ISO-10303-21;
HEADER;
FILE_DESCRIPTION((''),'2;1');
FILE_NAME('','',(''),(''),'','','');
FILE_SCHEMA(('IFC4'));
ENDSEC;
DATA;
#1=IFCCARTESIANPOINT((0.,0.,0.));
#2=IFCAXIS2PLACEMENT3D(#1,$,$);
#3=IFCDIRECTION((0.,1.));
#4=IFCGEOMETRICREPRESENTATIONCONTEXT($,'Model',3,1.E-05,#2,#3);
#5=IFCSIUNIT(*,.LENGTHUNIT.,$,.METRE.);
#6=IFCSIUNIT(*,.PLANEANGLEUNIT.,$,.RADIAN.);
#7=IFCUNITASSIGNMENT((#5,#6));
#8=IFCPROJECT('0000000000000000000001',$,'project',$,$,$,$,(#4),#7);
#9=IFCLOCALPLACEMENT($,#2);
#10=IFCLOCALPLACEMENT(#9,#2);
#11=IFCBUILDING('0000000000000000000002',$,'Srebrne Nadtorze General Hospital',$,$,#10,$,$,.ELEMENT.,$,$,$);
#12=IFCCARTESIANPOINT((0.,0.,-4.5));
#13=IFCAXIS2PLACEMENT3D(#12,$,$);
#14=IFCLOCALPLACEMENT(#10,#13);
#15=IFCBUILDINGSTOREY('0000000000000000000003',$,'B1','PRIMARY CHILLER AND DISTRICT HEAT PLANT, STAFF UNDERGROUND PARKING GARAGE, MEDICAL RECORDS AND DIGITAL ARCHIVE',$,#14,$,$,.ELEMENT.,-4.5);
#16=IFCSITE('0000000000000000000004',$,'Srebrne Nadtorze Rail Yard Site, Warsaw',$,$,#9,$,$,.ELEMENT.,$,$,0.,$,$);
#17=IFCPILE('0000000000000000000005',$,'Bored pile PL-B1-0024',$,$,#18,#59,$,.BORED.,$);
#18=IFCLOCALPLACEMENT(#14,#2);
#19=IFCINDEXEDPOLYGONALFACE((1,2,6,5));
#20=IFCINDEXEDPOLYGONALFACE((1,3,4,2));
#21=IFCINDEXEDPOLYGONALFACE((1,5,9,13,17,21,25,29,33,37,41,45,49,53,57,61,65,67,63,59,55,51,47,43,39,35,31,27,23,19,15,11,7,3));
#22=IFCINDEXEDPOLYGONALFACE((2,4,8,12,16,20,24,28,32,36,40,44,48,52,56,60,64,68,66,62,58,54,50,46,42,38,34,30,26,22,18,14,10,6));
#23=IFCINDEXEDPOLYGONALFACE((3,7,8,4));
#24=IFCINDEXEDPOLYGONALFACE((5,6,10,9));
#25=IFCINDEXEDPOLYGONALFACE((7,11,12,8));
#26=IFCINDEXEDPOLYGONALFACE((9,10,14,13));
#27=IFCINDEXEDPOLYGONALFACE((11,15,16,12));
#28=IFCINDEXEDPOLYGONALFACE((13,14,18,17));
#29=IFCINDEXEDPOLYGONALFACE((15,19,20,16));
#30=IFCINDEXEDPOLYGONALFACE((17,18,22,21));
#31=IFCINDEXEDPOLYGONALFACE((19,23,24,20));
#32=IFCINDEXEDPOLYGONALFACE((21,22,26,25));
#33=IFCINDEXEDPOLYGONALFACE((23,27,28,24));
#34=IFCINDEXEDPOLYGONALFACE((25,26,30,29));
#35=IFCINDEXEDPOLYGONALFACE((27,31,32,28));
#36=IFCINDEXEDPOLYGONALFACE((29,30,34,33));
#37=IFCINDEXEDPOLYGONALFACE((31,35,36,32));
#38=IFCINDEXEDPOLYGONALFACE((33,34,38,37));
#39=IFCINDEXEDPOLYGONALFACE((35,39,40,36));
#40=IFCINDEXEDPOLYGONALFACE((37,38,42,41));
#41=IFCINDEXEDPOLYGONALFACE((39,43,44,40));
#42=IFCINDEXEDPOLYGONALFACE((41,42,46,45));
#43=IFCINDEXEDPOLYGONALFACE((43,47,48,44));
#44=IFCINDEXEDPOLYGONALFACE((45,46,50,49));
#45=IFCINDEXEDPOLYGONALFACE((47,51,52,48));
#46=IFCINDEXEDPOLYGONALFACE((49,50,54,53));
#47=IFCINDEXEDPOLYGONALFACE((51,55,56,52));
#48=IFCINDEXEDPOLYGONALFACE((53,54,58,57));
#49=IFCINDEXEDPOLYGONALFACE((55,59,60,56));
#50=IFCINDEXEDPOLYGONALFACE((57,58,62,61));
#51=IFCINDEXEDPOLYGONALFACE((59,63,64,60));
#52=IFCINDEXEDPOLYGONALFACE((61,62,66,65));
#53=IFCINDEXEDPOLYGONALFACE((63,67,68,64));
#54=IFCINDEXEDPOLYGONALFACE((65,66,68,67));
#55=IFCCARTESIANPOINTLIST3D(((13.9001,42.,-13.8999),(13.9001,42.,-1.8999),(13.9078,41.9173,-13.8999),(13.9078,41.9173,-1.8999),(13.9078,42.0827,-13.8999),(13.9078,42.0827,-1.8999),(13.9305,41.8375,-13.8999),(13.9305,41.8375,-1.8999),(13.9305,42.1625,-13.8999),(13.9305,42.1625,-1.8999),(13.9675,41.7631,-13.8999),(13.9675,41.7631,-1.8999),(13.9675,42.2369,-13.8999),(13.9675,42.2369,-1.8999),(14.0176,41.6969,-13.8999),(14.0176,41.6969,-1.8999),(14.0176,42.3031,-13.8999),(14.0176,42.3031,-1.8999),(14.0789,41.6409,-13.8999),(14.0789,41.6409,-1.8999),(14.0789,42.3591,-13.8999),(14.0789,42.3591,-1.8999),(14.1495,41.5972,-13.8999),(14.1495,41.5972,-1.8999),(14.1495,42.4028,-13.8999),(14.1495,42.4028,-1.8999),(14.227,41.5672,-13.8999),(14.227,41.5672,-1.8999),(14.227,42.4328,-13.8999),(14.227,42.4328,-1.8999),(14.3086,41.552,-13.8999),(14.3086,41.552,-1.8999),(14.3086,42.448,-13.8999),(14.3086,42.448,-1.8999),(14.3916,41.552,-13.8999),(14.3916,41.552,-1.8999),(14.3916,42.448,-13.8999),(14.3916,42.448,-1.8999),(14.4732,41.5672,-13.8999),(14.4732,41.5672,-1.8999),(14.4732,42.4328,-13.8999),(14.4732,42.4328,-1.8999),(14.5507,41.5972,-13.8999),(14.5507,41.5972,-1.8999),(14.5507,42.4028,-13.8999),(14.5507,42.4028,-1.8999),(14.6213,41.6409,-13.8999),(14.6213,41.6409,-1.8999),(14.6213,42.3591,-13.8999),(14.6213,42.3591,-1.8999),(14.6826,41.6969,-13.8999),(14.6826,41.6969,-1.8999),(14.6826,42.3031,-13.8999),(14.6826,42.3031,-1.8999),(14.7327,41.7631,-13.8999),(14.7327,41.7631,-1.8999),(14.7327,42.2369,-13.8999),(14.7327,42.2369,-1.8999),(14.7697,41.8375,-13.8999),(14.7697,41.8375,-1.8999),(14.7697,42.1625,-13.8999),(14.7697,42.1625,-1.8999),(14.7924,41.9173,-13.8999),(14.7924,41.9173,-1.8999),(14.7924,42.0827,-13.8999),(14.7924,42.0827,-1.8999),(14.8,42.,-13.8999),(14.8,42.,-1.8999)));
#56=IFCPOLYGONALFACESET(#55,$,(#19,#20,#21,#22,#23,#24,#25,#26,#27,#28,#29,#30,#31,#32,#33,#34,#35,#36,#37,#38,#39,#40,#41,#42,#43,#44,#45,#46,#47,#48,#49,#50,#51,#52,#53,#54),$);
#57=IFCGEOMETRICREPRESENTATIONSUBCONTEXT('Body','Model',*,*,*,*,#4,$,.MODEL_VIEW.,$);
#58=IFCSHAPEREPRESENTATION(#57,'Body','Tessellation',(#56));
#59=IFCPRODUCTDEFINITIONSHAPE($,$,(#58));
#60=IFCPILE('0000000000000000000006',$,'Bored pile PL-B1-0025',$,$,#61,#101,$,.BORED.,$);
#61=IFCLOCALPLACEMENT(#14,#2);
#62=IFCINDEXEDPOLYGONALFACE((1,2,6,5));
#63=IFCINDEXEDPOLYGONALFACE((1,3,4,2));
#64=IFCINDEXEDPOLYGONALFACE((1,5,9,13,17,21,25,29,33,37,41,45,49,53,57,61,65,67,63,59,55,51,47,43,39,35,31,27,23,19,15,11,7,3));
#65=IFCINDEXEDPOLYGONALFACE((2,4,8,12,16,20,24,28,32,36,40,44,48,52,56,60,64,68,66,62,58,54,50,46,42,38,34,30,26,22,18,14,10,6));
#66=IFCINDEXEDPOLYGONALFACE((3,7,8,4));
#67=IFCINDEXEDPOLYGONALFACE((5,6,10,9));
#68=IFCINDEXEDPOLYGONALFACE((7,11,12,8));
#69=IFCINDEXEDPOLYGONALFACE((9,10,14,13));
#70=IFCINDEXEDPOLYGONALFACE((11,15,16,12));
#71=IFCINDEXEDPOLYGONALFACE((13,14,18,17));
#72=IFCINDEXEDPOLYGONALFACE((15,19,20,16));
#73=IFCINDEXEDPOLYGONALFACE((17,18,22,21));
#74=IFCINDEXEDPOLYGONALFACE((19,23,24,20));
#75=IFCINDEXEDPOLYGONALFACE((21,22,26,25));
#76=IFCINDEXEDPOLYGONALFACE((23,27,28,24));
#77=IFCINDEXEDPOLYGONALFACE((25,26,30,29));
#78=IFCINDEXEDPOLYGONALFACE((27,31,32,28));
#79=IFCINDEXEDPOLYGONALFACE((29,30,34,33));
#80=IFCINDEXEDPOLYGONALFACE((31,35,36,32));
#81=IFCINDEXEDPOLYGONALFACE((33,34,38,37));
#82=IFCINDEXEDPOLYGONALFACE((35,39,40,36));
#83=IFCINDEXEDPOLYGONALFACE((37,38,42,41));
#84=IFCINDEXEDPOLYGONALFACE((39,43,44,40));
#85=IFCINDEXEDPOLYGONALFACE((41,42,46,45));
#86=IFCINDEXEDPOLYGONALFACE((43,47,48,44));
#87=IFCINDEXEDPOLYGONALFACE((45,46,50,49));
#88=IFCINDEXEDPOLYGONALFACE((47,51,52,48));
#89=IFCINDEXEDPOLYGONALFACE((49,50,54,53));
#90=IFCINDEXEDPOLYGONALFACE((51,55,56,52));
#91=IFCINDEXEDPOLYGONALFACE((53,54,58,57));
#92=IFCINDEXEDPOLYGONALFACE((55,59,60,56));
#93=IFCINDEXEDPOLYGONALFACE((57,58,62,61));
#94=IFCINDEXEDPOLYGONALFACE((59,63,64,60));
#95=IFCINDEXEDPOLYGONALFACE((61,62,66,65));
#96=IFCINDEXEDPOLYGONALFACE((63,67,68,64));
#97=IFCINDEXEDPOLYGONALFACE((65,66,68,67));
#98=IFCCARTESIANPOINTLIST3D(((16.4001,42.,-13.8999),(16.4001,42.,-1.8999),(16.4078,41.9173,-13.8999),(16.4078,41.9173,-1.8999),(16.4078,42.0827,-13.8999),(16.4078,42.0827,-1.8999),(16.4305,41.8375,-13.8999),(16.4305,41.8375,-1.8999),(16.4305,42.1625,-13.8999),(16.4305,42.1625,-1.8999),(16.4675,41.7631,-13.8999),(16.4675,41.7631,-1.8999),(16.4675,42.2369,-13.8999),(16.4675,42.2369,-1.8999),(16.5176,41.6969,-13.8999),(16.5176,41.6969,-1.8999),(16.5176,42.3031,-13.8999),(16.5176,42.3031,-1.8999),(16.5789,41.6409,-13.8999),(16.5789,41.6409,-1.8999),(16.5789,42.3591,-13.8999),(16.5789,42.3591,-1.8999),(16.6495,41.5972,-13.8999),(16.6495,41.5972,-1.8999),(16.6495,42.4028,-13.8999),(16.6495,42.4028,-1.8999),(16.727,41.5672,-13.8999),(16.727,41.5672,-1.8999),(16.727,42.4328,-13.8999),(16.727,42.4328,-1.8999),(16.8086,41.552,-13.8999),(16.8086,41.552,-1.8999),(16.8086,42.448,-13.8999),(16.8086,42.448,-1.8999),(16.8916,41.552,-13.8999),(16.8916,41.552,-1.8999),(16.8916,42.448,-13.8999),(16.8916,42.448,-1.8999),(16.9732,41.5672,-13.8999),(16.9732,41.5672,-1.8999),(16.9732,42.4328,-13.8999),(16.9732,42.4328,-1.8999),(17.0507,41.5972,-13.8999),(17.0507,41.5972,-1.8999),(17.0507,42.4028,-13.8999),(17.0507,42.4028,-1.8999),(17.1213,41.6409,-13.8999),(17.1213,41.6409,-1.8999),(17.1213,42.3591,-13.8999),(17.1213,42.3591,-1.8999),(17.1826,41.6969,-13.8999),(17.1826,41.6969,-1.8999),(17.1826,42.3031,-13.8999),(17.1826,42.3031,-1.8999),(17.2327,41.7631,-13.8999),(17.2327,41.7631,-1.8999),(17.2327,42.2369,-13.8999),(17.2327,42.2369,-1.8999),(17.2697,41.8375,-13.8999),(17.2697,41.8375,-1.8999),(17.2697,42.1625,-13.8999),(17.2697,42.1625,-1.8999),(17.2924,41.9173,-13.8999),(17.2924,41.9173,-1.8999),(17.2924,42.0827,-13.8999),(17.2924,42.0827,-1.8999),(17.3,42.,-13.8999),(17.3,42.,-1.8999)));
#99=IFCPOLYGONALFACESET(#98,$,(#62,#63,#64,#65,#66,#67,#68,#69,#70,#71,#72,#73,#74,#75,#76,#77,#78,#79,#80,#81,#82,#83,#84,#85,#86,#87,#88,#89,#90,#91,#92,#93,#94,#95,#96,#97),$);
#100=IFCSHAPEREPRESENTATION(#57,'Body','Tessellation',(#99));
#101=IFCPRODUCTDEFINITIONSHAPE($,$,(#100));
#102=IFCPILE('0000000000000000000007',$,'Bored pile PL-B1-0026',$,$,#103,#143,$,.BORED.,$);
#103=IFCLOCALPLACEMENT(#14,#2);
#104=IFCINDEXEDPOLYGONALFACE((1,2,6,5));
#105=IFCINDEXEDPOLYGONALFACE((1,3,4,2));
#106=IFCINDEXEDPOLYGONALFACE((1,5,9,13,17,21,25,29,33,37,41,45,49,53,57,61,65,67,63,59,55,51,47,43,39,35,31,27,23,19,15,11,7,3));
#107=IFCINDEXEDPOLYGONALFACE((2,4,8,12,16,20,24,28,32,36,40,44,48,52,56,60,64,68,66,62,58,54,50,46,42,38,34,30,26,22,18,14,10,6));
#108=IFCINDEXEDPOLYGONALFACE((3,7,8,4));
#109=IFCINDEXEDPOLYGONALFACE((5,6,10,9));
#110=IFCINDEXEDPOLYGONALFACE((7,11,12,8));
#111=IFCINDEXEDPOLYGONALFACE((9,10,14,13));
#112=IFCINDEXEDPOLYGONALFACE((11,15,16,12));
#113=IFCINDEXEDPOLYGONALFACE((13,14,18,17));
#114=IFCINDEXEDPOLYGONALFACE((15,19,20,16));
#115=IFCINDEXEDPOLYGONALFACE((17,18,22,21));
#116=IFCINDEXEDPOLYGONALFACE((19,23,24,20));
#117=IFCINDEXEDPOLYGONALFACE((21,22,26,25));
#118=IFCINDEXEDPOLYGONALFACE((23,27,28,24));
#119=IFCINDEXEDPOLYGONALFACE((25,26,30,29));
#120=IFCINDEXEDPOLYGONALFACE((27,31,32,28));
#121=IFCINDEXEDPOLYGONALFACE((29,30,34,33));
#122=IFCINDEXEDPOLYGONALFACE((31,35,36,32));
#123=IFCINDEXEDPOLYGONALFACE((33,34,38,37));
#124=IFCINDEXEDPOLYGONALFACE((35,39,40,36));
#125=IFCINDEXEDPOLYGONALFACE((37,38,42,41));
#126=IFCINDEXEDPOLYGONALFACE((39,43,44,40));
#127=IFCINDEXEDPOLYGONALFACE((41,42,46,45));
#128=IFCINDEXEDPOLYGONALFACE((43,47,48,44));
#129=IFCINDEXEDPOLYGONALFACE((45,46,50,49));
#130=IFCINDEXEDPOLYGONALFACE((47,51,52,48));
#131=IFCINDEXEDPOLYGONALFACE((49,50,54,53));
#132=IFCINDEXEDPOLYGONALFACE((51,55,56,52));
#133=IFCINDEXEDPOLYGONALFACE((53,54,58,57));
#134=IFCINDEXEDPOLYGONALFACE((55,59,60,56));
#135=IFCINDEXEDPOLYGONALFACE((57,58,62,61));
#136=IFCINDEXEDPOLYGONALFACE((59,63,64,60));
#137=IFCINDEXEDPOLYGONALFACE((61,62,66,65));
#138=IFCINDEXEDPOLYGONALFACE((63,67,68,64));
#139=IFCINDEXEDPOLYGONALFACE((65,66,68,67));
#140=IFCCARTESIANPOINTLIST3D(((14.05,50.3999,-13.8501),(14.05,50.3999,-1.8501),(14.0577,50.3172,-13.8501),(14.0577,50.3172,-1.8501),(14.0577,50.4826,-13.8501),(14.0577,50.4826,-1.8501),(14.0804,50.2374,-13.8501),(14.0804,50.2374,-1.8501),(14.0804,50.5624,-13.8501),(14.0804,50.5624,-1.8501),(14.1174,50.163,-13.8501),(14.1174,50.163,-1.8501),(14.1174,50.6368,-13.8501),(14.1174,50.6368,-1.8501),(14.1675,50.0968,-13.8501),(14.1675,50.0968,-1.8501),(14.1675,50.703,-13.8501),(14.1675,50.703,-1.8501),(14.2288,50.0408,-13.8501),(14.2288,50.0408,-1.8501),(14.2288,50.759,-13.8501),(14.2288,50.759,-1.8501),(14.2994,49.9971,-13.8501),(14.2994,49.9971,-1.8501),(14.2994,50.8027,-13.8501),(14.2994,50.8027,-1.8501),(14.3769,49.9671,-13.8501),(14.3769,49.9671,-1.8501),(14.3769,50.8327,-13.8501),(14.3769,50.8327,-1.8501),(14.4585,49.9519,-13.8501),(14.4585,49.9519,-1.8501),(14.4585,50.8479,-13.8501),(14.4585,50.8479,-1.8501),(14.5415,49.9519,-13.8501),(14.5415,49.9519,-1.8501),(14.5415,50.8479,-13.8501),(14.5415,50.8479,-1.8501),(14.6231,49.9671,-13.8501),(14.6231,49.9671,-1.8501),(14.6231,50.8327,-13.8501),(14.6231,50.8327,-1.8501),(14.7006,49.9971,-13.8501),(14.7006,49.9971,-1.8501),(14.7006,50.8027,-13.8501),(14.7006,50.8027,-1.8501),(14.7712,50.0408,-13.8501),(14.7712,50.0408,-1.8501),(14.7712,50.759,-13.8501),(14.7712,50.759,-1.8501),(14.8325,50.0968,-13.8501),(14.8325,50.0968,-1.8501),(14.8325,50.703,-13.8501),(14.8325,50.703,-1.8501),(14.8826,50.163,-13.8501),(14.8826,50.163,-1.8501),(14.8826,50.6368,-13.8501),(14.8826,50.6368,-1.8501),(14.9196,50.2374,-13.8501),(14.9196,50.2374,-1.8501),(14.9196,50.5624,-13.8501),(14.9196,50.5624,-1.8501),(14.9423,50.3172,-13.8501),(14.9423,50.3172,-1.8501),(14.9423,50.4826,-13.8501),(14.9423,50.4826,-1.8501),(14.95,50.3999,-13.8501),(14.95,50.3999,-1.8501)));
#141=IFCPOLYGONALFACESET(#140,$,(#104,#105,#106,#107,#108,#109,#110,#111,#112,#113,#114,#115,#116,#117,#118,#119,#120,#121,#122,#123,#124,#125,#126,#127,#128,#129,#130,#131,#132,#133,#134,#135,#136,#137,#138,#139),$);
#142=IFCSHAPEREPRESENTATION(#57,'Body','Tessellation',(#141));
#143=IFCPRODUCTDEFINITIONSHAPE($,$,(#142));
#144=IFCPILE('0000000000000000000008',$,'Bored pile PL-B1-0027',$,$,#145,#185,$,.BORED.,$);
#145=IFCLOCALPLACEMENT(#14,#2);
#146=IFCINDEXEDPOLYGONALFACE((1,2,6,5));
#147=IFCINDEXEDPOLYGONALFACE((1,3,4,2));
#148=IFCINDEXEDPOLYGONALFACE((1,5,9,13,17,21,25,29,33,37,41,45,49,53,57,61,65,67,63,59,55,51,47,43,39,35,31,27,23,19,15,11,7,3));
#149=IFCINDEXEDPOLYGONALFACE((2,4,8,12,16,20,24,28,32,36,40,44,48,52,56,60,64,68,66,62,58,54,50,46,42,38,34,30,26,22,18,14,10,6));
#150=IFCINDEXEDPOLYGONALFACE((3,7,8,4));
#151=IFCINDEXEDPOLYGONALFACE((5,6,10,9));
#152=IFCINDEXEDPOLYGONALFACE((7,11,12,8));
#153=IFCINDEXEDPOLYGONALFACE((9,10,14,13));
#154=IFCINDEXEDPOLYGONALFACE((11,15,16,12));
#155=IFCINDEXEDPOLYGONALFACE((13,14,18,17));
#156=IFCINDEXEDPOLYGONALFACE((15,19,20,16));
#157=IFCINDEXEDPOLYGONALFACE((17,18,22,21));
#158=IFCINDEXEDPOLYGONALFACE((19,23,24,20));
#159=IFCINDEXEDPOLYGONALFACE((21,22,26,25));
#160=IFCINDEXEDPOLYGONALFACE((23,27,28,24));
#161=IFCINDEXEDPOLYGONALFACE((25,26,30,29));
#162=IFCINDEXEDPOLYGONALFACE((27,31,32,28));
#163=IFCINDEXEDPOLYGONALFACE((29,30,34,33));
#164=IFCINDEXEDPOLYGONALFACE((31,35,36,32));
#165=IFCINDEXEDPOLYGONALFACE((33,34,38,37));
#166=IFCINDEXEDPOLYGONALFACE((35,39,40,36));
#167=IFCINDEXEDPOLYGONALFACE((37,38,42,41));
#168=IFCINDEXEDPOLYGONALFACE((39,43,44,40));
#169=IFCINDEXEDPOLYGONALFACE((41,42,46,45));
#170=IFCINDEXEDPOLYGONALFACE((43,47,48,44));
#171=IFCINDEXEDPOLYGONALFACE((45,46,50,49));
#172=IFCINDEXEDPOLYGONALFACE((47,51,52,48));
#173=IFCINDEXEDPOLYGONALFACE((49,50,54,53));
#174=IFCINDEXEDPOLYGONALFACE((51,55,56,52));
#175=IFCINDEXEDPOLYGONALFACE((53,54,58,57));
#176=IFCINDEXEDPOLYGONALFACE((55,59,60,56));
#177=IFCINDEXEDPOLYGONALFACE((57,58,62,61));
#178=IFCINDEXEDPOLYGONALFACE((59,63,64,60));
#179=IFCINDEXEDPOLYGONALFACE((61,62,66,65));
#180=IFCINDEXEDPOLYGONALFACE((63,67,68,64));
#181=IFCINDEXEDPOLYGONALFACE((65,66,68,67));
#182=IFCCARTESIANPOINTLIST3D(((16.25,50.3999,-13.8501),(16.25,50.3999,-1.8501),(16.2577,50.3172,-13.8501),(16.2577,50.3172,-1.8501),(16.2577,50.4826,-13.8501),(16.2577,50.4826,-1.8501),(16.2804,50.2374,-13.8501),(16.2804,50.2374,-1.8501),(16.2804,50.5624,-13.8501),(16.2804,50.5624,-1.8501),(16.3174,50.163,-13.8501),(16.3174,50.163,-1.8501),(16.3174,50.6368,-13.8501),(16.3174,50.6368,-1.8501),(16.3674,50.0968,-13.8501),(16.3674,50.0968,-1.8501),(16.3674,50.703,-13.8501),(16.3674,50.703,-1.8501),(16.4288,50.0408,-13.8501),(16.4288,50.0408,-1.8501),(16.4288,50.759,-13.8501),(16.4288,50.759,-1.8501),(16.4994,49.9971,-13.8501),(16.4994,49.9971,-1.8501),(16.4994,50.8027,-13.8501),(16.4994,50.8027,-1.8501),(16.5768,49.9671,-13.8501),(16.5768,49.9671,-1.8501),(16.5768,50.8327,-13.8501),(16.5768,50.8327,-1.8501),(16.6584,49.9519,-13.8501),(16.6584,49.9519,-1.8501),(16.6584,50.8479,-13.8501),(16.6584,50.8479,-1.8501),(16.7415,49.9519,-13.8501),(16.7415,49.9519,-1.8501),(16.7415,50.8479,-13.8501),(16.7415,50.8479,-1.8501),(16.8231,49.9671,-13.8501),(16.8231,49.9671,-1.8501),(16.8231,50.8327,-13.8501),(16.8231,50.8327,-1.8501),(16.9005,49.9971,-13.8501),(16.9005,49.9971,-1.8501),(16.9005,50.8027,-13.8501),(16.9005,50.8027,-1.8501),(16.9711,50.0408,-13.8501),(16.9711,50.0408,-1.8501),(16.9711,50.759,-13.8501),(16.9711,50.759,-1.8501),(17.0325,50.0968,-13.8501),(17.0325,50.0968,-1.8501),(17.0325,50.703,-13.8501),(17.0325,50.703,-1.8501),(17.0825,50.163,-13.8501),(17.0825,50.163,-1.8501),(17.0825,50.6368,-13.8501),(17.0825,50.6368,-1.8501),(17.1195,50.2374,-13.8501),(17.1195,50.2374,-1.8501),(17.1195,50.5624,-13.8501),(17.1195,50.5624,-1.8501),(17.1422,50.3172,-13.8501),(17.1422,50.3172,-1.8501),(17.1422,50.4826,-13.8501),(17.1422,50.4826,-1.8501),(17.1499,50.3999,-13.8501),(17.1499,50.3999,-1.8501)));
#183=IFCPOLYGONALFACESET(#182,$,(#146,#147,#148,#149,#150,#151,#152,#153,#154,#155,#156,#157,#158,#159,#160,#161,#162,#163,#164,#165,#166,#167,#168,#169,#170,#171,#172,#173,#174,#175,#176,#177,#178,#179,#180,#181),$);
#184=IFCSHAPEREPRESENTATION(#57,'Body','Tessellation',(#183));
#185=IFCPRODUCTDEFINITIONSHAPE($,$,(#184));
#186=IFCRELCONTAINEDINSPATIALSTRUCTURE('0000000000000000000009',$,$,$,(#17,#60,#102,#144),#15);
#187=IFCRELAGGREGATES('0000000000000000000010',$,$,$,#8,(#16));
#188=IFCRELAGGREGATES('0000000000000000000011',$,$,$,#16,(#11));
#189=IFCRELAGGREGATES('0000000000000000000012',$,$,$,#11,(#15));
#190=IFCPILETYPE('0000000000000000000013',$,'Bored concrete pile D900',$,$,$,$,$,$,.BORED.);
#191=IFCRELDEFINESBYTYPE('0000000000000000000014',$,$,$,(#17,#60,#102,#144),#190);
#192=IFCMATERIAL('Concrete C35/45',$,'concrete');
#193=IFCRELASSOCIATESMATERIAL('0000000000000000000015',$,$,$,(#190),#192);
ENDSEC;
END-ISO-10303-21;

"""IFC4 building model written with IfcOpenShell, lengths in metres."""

from ifc_helpers import new_model, si_unit, direction, frame, origin, origin_2d, place, context, subcontext, project, spatial, circle, extrude, material, material_profile, profile_set, type_object, element, save


model = new_model("IFC4")

# Units and contexts
model_context = context("Model", 3, precision=1e-05, world=origin(), true_north=direction((0.0, 1.0)))
body_context = subcontext(model_context, "Body", "Model", "MODEL_VIEW")
ifc_project = project(units=[si_unit("LENGTHUNIT", "METRE"), si_unit("PLANEANGLEUNIT", "RADIAN")], contexts=[model_context])

# Site, building, storey
site_placement = place(None, origin())
site = spatial("IfcSite", under=ifc_project, at=site_placement, Name="Srebrne Nadtorze Rail Yard Site, Warsaw", CompositionType="ELEMENT", RefElevation=0.0)
building_placement = place(site_placement, origin())
building = spatial("IfcBuilding", under=site, at=building_placement, Name="Srebrne Nadtorze General Hospital", CompositionType="ELEMENT")
storey_placement = place(building_placement, frame((0.0, 0.0, -4.5)))
storey = spatial("IfcBuildingStorey", under=building, at=storey_placement, Name="B1", Description="PRIMARY CHILLER AND DISTRICT HEAT PLANT, STAFF UNDERGROUND PARKING GARAGE, MEDICAL RECORDS AND DIGITAL ARCHIVE", CompositionType="ELEMENT", Elevation=-4.5)

# Piles
ifc_material_1 = material(Name="Concrete C35/45", Category="concrete")
ifc_material_profile_1 = material_profile(ifc_material_1, circle(Radius=0.45, at=origin_2d()), Name="PILE-D900")
ifc_profile_set_1 = profile_set([ifc_material_profile_1], Name="Concrete C35/45")
pile_type_1 = type_object("IfcPileType", Name="Bored concrete pile D900", PredefinedType="BORED", material=ifc_profile_set_1)
for number, where, z_axis, x_axis, name in (
    (1, (14.3501, 42.0, -1.8999), (0.0, 0.0, -1.0), (1.0, 0.0, 0.0), "Bored pile PL-B1-0024"),
    (2, (16.8501, 42.0, -1.8999), (0.0, 0.0, -1.0), (1.0, 0.0, 0.0), "Bored pile PL-B1-0025"),
    (3, (14.5, 50.3999, -1.8501), (0.0, 0.0, -1.0), (1.0, 0.0, 0.0), "Bored pile PL-B1-0026"),
    (4, (16.7, 50.3999, -1.8501), (0.0, 0.0, -1.0), (1.0, 0.0, 0.0), "Bored pile PL-B1-0027"),
):
    element("IfcPile", number, at=place(storey_placement, frame(where, z_axis=z_axis, x_axis=x_axis)), inside=storey, type_object=pile_type_1, Name=name, PredefinedType="BORED", context=body_context, shape_type="SweptSolid", body=[
        extrude(circle(Radius=0.45, at=origin_2d()), origin(), (0.0, 0.0, 1.0), 12.0),
    ])

save(model, "model.ifc")
